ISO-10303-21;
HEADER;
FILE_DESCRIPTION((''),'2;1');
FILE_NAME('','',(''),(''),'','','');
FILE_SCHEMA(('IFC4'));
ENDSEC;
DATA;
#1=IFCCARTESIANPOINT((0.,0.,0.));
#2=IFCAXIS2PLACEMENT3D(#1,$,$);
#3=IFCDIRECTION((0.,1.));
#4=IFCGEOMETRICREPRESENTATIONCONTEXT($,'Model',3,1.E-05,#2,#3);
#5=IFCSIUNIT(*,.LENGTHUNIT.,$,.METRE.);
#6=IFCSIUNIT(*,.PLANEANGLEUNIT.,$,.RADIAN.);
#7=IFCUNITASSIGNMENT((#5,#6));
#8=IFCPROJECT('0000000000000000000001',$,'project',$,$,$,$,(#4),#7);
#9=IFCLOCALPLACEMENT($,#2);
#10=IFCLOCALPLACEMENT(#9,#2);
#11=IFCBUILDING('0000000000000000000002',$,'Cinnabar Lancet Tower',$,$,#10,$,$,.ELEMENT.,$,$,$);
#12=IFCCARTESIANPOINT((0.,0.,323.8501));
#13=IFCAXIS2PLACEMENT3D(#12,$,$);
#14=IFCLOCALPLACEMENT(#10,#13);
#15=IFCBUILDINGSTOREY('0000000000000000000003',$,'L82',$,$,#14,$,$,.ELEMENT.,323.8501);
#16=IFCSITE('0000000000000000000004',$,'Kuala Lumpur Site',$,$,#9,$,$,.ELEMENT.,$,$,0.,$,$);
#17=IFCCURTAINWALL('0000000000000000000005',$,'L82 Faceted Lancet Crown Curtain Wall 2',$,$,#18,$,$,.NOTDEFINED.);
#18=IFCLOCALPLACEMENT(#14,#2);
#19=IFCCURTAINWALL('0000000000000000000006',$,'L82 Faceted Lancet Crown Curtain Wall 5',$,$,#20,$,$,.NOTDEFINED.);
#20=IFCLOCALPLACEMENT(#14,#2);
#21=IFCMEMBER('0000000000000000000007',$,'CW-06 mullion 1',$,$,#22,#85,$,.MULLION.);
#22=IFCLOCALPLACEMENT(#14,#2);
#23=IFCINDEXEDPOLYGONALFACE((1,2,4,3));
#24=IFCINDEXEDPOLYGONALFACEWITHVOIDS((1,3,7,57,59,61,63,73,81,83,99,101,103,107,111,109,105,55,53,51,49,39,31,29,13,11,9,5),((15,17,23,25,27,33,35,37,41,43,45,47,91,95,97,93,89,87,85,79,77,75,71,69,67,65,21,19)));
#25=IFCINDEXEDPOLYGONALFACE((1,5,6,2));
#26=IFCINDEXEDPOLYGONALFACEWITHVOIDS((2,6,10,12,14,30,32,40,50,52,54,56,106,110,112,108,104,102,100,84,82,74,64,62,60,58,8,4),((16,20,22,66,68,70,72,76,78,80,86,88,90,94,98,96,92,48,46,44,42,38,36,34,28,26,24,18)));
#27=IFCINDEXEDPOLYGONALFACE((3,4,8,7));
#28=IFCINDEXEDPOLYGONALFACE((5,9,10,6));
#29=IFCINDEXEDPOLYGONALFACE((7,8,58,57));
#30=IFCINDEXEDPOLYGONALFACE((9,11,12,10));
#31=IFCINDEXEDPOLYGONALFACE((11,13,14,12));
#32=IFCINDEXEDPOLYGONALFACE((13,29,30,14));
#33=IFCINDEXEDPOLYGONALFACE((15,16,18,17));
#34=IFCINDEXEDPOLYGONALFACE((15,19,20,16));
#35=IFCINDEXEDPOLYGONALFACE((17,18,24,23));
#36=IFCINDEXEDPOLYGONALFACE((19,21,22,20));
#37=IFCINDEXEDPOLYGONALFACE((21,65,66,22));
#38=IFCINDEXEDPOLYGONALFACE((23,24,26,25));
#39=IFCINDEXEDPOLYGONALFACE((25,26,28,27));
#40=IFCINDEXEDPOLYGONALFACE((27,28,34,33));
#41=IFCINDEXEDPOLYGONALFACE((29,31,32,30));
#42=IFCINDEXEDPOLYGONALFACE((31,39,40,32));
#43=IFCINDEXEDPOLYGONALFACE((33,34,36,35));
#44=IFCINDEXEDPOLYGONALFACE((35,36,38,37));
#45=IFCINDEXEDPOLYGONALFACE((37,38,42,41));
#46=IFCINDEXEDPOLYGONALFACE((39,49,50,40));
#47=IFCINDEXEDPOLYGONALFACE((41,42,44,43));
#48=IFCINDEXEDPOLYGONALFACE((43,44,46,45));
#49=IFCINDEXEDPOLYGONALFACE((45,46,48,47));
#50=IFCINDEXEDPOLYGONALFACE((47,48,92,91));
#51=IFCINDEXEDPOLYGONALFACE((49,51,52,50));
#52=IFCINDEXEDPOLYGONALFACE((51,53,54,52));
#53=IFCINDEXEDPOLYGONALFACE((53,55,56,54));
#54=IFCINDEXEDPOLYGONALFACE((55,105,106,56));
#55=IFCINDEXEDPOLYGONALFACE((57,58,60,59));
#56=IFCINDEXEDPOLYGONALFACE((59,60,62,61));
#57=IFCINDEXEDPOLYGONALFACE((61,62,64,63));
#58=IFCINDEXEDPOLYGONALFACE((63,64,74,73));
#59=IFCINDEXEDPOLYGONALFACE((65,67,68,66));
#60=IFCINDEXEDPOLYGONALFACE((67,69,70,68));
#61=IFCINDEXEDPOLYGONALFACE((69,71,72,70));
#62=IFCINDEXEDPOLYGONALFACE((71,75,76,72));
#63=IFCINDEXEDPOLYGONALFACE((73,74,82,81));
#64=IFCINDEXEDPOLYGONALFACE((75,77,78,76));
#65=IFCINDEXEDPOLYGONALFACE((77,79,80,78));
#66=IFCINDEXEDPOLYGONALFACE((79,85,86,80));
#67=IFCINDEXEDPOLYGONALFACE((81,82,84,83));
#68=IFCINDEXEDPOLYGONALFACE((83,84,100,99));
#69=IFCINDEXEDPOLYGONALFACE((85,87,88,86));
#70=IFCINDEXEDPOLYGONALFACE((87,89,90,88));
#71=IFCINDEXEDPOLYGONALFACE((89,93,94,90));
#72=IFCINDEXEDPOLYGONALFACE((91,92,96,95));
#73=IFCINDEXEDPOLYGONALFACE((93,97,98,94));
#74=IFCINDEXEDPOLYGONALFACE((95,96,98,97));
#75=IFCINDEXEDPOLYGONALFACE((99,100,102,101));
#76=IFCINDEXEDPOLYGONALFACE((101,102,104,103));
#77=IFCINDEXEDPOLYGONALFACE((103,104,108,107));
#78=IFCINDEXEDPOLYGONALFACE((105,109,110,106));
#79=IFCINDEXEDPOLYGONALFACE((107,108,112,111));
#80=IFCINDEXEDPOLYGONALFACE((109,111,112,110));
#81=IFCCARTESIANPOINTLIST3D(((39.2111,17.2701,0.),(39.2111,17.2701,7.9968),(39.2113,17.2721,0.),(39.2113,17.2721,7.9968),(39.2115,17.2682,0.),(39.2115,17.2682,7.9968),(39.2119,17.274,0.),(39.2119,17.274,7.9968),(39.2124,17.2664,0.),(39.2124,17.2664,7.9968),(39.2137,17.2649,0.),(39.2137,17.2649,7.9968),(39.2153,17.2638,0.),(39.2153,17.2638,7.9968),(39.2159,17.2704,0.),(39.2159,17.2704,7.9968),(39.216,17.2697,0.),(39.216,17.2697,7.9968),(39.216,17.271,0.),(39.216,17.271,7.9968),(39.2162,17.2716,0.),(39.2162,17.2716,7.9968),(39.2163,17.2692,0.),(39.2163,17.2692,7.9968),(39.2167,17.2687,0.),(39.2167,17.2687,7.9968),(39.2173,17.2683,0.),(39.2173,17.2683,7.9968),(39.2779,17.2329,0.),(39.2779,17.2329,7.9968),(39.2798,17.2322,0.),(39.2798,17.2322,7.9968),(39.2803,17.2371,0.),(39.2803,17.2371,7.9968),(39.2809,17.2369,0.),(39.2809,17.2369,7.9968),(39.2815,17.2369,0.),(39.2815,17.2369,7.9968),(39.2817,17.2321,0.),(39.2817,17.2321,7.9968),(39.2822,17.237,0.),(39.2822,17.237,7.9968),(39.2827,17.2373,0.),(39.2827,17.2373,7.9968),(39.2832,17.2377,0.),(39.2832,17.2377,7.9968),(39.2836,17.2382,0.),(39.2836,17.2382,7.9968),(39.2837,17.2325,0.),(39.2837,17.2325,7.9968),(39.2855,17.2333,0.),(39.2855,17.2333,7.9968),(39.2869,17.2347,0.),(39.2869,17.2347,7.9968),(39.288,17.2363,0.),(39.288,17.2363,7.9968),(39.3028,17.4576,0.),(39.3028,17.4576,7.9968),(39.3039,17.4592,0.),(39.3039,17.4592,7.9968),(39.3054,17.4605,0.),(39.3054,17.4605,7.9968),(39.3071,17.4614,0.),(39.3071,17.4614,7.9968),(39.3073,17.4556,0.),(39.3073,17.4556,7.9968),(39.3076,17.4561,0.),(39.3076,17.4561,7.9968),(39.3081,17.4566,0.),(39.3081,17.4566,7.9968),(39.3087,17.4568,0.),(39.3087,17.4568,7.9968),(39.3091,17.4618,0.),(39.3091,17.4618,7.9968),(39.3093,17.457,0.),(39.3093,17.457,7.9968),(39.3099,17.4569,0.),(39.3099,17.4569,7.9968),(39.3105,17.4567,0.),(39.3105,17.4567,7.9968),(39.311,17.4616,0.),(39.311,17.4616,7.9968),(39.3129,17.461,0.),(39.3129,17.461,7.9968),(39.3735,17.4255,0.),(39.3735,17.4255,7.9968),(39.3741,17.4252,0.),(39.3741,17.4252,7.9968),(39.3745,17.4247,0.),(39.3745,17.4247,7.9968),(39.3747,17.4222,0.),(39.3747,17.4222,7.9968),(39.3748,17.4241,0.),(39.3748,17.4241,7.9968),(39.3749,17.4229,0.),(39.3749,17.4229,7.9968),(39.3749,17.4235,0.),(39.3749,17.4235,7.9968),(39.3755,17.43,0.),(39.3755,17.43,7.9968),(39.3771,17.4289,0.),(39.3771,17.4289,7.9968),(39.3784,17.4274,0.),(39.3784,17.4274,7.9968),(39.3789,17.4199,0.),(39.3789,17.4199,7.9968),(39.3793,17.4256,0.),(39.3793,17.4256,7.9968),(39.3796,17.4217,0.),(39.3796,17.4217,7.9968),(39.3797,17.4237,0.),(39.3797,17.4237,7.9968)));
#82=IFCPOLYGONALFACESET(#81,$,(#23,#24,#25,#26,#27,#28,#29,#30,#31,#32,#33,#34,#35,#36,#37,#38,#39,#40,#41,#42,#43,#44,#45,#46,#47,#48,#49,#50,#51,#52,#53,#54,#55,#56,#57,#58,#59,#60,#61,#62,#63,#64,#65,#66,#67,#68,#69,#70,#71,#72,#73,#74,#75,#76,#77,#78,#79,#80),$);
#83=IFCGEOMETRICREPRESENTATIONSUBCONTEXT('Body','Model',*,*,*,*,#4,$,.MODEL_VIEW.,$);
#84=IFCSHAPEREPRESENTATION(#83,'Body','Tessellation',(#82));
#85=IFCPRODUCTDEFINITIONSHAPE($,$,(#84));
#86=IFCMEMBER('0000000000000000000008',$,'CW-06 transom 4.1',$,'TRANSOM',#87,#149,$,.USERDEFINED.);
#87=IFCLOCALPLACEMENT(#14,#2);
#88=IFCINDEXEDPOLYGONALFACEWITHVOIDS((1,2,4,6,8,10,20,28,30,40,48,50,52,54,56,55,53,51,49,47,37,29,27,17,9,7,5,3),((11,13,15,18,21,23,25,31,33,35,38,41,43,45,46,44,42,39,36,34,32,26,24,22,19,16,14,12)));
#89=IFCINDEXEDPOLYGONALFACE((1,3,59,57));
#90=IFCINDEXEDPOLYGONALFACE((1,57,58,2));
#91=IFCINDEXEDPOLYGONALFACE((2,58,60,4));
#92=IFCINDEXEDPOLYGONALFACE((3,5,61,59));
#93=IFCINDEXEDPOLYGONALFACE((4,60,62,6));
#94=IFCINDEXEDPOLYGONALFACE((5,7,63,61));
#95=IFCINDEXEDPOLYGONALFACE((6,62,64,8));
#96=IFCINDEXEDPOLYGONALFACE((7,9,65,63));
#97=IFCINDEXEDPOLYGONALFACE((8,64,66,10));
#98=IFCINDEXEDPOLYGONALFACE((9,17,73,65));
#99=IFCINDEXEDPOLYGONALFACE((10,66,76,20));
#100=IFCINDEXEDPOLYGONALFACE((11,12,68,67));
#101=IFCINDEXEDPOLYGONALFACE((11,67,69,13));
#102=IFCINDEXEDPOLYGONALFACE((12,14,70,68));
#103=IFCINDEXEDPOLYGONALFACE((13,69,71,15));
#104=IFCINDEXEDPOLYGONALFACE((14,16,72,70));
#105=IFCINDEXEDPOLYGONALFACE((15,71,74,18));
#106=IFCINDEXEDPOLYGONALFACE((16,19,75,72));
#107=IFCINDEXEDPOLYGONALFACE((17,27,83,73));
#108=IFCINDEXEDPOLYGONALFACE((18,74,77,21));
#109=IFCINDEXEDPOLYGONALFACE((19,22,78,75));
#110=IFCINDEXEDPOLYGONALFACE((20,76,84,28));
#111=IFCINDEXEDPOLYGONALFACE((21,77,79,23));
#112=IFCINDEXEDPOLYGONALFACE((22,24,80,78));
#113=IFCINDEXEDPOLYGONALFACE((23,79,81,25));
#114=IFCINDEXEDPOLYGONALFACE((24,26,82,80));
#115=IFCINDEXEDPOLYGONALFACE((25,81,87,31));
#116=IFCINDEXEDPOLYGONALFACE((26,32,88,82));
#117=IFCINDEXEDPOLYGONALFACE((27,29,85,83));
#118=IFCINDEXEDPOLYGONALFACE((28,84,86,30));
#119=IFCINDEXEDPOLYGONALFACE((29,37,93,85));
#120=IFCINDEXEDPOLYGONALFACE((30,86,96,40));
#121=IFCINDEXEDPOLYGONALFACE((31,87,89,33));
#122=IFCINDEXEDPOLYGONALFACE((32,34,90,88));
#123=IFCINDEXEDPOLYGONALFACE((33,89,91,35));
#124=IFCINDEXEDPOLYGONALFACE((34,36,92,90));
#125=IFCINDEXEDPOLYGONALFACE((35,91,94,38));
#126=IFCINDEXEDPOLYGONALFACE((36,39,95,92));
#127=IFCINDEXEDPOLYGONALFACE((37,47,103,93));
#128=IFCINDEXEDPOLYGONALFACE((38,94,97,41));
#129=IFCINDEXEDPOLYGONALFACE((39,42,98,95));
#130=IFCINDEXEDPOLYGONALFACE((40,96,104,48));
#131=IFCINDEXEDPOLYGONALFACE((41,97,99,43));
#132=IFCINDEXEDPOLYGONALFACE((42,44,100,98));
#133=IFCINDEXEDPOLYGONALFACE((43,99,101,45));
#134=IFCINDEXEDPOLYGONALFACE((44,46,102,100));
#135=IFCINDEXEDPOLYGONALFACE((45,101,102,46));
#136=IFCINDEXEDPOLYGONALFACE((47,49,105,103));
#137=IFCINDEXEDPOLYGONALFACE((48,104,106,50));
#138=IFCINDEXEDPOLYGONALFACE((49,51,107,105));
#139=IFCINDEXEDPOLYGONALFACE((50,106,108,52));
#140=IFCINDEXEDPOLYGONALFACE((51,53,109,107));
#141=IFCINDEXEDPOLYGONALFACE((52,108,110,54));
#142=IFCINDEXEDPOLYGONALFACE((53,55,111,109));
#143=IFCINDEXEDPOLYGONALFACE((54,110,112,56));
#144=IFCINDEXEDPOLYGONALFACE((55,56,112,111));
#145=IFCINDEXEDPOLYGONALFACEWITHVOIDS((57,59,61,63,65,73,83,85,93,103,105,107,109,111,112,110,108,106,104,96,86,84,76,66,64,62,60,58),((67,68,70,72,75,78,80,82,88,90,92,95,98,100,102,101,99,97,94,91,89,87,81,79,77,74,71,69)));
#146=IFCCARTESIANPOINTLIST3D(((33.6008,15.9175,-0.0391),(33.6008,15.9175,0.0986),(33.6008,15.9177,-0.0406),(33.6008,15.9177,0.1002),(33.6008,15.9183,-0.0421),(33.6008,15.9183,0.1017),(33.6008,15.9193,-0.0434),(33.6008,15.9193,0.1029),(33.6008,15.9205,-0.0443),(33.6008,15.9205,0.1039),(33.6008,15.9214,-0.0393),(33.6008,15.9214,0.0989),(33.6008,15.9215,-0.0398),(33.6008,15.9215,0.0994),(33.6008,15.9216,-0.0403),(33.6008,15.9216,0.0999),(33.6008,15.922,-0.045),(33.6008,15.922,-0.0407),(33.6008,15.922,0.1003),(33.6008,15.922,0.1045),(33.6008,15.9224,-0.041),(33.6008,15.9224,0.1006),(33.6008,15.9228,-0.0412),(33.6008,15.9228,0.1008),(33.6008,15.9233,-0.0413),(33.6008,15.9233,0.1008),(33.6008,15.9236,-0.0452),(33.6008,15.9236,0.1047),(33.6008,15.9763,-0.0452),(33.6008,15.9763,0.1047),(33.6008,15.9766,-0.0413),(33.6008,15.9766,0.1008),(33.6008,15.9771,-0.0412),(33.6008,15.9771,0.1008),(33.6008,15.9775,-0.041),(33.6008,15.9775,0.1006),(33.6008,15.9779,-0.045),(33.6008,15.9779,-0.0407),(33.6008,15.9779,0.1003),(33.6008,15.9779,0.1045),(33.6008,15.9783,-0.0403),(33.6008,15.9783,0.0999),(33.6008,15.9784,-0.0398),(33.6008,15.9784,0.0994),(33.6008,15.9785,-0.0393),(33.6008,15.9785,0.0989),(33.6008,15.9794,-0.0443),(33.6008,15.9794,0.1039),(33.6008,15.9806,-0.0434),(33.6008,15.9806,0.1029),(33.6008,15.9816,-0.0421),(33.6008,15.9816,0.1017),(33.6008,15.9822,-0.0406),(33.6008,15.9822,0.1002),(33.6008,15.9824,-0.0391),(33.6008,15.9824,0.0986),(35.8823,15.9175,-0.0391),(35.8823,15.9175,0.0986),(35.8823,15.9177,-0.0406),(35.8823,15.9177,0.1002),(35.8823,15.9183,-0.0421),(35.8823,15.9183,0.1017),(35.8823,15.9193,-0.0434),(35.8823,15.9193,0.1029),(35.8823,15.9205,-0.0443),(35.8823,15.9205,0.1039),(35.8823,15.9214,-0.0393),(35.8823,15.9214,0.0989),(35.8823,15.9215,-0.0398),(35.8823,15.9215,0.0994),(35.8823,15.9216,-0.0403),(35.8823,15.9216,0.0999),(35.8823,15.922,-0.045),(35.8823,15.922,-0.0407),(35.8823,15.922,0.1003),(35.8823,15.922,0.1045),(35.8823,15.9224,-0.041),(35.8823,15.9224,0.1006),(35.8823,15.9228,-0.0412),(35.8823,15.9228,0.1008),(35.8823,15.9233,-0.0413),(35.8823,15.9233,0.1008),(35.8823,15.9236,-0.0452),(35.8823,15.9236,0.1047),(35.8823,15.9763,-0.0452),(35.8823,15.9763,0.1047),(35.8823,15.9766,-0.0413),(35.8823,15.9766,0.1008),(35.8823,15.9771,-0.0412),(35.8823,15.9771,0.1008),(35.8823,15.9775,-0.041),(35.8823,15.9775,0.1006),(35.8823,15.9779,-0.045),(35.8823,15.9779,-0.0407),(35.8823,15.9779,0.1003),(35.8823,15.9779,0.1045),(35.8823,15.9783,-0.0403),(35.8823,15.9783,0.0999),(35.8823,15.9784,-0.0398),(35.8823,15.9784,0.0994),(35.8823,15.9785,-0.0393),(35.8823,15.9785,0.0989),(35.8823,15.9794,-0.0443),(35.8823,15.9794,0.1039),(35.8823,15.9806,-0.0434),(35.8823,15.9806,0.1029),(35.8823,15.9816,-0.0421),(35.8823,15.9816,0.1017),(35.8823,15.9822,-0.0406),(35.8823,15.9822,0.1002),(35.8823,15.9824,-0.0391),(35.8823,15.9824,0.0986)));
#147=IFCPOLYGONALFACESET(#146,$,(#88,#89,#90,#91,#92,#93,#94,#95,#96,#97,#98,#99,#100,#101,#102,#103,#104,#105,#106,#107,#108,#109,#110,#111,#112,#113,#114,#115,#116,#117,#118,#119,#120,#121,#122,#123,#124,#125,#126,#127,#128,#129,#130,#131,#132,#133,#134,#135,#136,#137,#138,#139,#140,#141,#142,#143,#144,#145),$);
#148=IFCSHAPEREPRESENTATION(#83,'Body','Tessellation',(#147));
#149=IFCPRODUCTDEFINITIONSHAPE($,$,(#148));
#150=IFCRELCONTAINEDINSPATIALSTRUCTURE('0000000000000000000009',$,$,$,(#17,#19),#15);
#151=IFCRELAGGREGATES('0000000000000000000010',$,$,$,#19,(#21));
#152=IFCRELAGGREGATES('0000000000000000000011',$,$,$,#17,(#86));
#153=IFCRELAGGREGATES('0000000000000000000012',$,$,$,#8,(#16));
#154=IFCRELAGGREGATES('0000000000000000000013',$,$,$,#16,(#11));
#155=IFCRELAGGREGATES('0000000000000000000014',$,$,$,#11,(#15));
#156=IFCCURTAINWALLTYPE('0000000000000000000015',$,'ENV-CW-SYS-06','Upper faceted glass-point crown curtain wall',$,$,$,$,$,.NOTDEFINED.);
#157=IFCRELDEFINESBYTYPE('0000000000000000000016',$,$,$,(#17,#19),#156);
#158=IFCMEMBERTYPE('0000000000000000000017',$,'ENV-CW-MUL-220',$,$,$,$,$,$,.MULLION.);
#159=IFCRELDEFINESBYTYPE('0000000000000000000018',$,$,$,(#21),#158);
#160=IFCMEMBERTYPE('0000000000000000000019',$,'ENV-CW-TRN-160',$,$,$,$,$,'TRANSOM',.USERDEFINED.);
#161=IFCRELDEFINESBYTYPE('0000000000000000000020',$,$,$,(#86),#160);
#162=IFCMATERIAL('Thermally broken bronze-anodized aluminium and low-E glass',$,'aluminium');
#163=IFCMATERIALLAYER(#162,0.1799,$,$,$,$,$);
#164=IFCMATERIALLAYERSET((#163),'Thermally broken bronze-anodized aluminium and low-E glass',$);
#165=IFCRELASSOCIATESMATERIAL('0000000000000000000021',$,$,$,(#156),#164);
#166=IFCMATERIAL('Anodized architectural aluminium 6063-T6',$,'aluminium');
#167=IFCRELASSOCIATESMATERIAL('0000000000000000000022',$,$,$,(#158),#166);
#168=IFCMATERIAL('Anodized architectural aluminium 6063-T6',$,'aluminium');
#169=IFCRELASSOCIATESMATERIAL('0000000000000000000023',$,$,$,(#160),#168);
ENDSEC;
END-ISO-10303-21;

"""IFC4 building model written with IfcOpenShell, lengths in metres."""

from ifc_helpers import new_model, si_unit, direction, frame, origin, origin_2d, place, context, subcontext, project, spatial, hollow_rectangle, extrude, material, layer, layer_set, material_profile, profile_set, type_object, element, aggregate, save


model = new_model("IFC4")

# Units and contexts
model_context = context("Model", 3, precision=1e-05, world=origin(), true_north=direction((0.0, 1.0)))
body_context = subcontext(model_context, "Body", "Model", "MODEL_VIEW")
ifc_project = project(units=[si_unit("LENGTHUNIT", "METRE"), si_unit("PLANEANGLEUNIT", "RADIAN")], contexts=[model_context])

# Site, building, storey
site_placement = place(None, origin())
site = spatial("IfcSite", under=ifc_project, at=site_placement, Name="Kuala Lumpur Site", CompositionType="ELEMENT", RefElevation=0.0)
building_placement = place(site_placement, origin())
building = spatial("IfcBuilding", under=site, at=building_placement, Name="Cinnabar Lancet Tower", CompositionType="ELEMENT")
storey_placement = place(building_placement, frame((0.0, 0.0, 323.8501)))
storey = spatial("IfcBuildingStorey", under=building, at=storey_placement, Name="L82", CompositionType="ELEMENT", Elevation=323.8501)

# Curtain wall
ifc_material_1 = material(Name="Thermally broken bronze-anodized aluminium and low-E glass", Category="aluminium")
ifc_layer_1 = layer(ifc_material_1, 0.1799)
ifc_layer_set_1 = layer_set([ifc_layer_1], Name="Thermally broken bronze-anodized aluminium and low-E glass")
curtain_wall_type = type_object("IfcCurtainWallType", Name="ENV-CW-SYS-06", Description="Upper faceted glass-point crown curtain wall", PredefinedType="NOTDEFINED", material=ifc_layer_set_1)
curtain_wall_1_placement = place(storey_placement, origin())
curtain_wall_1 = element("IfcCurtainWall", 1, at=curtain_wall_1_placement, inside=storey, type_object=curtain_wall_type, Name="L82 Faceted Lancet Crown Curtain Wall 2", PredefinedType="NOTDEFINED")
ifc_material_2 = material(Name="Anodized architectural aluminium 6063-T6", Category="aluminium")
ifc_material_profile_1 = material_profile(ifc_material_2, hollow_rectangle(XDim=0.085, YDim=0.22, WallThickness=0.0049, InnerFilletRadius=0.0024, OuterFilletRadius=0.0076, at=origin_2d()), Name="CW-MUL 220x85x5")
ifc_profile_set_1 = profile_set([ifc_material_profile_1], Name="Anodized architectural aluminium 6063-T6")
member_type_1 = type_object("IfcMemberType", Name="ENV-CW-MUL-220", PredefinedType="MULLION", material=ifc_profile_set_1)

# Curtain wall, member
curtain_wall_2_placement = place(storey_placement, origin())
curtain_wall_2 = element("IfcCurtainWall", 2, at=curtain_wall_2_placement, inside=storey, type_object=curtain_wall_type, Name="L82 Faceted Lancet Crown Curtain Wall 5", PredefinedType="NOTDEFINED")
member_1_placement = place(storey_placement, frame((39.2954, 17.3469, 0.0), z_axis=(0.0, 0.0, 1.0), x_axis=(-0.896197, 0.443657, 0.0)))
member_1 = element("IfcMember", 3, at=member_1_placement, type_object=member_type_1, Name="CW-06 mullion 1", PredefinedType="MULLION", context=body_context, shape_type="SweptSolid", body=[
    extrude(hollow_rectangle(XDim=0.085, YDim=0.22, WallThickness=0.0049, InnerFilletRadius=0.0024, OuterFilletRadius=0.0076, at=origin_2d()), origin(), (0.0, 0.0, 1.0), 7.9968),
])

# Member
ifc_material_3 = material(Name="Anodized architectural aluminium 6063-T6", Category="aluminium")
ifc_material_profile_2 = material_profile(ifc_material_3, hollow_rectangle(XDim=0.0649, YDim=0.1499, WallThickness=0.0039, InnerFilletRadius=0.002, OuterFilletRadius=0.0061, at=origin_2d()), Name="CW-TRN 150x65x4")
ifc_profile_set_2 = profile_set([ifc_material_profile_2], Name="Anodized architectural aluminium 6063-T6")
member_type_2 = type_object("IfcMemberType", Name="ENV-CW-TRN-160", ElementType="TRANSOM", PredefinedType="USERDEFINED", material=ifc_profile_set_2)
member_2_placement = place(storey_placement, frame((33.6008, 15.95, 0.0298), z_axis=(1.0, 0.0, 0.0), x_axis=(0.0, 1.0, 0.0)))
member_2 = element("IfcMember", 4, at=member_2_placement, type_object=member_type_2, Name="CW-06 transom 4.1", ObjectType="TRANSOM", PredefinedType="USERDEFINED", context=body_context, shape_type="SweptSolid", body=[
    extrude(hollow_rectangle(XDim=0.0649, YDim=0.1499, WallThickness=0.0039, InnerFilletRadius=0.002, OuterFilletRadius=0.0061, at=origin_2d()), origin(), (0.0, 0.0, 1.0), 2.2815),
])
aggregate(curtain_wall_2, [member_1])

aggregate(curtain_wall_1, [member_2])

save(model, "model.ifc")
